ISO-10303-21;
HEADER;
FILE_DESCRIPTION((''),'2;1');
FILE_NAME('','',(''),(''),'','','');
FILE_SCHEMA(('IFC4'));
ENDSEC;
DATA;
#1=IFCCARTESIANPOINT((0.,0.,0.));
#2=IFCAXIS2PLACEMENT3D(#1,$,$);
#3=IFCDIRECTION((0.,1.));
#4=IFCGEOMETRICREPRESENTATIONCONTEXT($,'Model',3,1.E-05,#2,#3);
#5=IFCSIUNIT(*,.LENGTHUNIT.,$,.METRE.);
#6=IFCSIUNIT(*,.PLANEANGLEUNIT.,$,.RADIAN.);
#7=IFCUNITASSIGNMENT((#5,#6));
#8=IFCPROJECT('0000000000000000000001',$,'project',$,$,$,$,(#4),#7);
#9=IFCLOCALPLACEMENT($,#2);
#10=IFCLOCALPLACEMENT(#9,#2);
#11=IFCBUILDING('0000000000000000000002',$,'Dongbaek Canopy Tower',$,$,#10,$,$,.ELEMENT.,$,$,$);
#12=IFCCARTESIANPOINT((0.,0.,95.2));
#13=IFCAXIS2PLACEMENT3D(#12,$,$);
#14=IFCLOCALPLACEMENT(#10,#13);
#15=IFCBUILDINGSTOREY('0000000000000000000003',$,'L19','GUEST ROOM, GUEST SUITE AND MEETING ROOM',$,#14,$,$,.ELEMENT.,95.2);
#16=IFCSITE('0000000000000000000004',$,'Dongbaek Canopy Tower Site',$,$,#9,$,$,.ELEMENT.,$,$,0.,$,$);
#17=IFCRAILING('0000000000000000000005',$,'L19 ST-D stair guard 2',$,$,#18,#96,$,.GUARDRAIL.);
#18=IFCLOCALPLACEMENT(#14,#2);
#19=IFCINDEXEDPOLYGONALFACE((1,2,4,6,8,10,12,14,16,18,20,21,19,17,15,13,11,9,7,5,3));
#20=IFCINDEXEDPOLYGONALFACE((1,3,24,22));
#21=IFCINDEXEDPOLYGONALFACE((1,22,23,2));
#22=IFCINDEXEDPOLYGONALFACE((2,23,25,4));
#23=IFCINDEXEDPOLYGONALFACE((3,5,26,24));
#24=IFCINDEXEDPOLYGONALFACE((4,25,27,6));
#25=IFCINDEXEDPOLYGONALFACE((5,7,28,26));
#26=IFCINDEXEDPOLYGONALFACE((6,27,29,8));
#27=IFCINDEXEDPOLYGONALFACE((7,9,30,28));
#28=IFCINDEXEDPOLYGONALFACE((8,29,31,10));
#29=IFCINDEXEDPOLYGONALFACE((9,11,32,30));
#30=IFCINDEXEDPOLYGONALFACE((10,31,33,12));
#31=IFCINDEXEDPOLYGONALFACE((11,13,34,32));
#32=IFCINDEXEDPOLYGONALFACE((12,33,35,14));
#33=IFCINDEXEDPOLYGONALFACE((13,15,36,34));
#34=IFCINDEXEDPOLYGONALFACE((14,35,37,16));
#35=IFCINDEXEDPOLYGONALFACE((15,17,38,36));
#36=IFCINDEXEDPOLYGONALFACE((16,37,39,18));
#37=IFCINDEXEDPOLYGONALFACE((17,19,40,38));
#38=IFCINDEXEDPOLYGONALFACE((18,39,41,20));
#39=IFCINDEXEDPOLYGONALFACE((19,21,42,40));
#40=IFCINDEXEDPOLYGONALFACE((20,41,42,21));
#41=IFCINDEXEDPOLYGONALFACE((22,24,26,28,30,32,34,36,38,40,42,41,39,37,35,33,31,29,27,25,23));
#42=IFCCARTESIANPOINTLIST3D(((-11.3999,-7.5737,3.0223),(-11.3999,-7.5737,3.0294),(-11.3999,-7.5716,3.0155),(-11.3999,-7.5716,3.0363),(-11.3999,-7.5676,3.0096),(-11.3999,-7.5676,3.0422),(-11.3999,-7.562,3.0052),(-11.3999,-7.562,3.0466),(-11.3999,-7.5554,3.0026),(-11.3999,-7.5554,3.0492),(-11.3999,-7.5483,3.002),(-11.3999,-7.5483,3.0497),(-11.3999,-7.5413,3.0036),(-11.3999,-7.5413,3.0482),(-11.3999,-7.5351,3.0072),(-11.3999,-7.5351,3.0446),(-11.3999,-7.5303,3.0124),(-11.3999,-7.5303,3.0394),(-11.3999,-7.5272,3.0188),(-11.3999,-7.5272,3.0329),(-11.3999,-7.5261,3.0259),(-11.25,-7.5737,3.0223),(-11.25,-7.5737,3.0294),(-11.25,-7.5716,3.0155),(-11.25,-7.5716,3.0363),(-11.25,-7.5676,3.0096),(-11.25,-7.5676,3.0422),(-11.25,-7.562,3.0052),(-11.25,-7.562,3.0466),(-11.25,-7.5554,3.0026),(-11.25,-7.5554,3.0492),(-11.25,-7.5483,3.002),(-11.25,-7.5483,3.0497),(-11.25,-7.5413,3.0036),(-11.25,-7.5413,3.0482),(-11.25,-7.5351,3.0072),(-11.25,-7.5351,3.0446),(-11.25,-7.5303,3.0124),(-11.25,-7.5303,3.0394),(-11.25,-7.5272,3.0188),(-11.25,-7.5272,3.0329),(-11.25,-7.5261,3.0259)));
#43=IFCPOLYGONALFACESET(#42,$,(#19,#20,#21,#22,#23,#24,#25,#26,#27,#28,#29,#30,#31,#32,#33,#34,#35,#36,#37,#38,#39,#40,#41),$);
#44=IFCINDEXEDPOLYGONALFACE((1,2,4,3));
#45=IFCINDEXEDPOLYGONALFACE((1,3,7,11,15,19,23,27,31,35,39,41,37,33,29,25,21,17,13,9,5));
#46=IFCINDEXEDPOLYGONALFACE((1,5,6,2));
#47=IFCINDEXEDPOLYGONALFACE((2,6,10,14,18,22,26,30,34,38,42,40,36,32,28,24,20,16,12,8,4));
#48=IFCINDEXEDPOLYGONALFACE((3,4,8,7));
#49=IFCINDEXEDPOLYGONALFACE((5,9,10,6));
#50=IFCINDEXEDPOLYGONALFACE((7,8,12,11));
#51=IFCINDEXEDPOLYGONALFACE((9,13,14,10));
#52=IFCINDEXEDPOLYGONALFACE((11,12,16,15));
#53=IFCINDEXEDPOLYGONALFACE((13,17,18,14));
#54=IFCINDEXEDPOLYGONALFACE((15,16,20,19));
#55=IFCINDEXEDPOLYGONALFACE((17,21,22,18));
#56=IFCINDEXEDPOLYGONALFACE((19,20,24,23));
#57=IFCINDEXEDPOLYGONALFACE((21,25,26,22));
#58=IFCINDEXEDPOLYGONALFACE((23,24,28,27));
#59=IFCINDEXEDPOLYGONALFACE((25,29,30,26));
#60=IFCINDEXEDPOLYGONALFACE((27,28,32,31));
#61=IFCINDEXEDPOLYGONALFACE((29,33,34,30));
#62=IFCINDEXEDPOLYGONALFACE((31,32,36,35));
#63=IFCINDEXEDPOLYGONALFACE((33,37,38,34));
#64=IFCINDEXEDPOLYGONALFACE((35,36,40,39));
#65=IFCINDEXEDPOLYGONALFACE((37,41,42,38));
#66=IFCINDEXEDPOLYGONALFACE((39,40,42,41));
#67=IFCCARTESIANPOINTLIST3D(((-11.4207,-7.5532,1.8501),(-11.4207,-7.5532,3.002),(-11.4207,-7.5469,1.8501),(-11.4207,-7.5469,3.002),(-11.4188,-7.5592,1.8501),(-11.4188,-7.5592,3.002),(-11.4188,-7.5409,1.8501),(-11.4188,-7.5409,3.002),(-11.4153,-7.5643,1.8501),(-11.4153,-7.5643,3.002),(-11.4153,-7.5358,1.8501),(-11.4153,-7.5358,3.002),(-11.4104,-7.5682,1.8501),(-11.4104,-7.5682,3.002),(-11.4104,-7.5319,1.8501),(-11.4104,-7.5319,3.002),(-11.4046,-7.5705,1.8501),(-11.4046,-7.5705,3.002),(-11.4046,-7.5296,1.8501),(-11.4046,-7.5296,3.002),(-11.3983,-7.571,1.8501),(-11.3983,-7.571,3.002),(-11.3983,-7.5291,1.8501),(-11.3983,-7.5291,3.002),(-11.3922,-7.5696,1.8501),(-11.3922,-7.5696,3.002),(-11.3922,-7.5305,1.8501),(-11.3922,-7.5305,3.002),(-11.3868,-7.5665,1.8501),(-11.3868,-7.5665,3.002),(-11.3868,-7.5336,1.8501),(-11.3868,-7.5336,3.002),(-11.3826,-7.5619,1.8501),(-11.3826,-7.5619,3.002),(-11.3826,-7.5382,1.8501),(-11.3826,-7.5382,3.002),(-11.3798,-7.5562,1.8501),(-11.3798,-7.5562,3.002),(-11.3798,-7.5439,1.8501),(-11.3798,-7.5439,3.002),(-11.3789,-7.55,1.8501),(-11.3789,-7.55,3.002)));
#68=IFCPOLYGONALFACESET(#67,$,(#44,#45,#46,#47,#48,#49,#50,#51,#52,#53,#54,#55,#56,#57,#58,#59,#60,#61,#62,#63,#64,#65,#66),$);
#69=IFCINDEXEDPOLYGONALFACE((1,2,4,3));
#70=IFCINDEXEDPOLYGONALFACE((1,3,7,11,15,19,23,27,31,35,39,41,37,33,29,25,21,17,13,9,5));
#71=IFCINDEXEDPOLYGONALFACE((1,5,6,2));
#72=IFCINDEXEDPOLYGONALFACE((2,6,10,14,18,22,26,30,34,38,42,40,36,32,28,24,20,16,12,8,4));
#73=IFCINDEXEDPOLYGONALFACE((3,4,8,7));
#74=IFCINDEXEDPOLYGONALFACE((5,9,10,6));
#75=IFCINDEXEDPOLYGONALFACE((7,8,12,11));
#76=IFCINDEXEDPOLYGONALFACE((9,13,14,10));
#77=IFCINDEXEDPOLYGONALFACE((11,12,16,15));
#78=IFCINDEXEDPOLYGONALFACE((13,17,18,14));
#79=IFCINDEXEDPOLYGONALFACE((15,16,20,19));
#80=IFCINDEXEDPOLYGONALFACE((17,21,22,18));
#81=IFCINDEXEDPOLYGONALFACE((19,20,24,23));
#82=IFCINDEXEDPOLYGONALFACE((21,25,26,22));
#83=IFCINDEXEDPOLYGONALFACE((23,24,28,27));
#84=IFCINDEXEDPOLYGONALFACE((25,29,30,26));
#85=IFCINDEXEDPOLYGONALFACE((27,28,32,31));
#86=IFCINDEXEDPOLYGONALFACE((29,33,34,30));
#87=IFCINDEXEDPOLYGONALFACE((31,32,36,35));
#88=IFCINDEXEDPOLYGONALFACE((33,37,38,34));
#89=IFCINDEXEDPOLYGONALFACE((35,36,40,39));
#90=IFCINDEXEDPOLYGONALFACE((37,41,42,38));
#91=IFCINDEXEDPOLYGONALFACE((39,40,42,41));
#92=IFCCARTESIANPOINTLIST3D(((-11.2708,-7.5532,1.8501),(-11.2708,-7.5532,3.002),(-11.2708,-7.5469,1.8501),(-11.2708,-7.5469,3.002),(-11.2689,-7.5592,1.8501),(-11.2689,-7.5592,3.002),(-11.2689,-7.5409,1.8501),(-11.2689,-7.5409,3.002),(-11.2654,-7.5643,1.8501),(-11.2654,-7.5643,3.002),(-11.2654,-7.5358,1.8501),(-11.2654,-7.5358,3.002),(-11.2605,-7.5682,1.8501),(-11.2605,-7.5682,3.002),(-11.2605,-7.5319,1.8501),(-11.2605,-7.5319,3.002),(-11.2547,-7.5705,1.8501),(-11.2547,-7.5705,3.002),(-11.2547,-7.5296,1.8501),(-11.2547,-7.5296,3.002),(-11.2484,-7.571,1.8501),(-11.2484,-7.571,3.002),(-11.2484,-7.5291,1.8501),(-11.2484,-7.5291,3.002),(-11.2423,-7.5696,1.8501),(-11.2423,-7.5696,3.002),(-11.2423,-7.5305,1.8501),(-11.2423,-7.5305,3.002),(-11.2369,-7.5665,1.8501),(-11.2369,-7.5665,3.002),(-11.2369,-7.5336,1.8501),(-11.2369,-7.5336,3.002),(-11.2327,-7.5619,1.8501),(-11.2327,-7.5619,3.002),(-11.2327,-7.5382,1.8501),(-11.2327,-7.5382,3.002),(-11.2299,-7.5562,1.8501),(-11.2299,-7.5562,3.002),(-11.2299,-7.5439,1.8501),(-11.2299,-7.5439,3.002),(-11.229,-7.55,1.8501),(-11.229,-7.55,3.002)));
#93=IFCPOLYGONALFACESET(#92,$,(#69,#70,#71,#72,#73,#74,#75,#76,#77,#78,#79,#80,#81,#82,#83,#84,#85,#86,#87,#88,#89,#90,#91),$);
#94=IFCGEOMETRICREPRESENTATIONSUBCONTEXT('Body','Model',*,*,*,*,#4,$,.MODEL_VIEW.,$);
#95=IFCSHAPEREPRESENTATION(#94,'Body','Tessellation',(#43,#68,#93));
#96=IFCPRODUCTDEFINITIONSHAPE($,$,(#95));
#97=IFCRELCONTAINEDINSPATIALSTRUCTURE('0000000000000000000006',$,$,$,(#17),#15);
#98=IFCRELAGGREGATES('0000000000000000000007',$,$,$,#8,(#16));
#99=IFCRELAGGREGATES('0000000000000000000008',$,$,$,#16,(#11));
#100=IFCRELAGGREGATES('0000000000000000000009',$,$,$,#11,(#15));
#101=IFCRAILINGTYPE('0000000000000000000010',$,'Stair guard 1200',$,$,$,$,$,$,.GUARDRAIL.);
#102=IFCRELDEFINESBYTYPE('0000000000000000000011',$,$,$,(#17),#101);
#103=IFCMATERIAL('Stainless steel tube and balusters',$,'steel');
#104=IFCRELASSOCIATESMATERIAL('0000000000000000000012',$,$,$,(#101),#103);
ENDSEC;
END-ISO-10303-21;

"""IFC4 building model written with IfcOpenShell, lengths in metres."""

from ifc_helpers import new_model, si_unit, direction, frame, origin, origin_2d, place, context, subcontext, project, spatial, circle, extrude, material, type_object, element, save


model = new_model("IFC4")

# Units and contexts
model_context = context("Model", 3, precision=1e-05, world=origin(), true_north=direction((0.0, 1.0)))
body_context = subcontext(model_context, "Body", "Model", "MODEL_VIEW")
ifc_project = project(units=[si_unit("LENGTHUNIT", "METRE"), si_unit("PLANEANGLEUNIT", "RADIAN")], contexts=[model_context])

# Site, building, storey
site_placement = place(None, origin())
site = spatial("IfcSite", under=ifc_project, at=site_placement, Name="Dongbaek Canopy Tower Site", CompositionType="ELEMENT", RefElevation=0.0)
building_placement = place(site_placement, origin())
building = spatial("IfcBuilding", under=site, at=building_placement, Name="Dongbaek Canopy Tower", CompositionType="ELEMENT")
storey_placement = place(building_placement, frame((0.0, 0.0, 95.2)))
storey = spatial("IfcBuildingStorey", under=building, at=storey_placement, Name="L19", Description="GUEST ROOM, GUEST SUITE AND MEETING ROOM", CompositionType="ELEMENT", Elevation=95.2)

# Railing
ifc_material_1 = material(Name="Stainless steel tube and balusters", Category="steel")
railing_type_1 = type_object("IfcRailingType", Name="Stair guard 1200", PredefinedType="GUARDRAIL", material=ifc_material_1)
railing_1_placement = place(storey_placement, frame((-11.3999, -7.55, 1.8501)))
element("IfcRailing", 1, at=railing_1_placement, inside=storey, type_object=railing_type_1, Name="L19 ST-D stair guard 2", PredefinedType="GUARDRAIL", context=body_context, shape_type="SweptSolid", body=[
    extrude(circle(Radius=0.0239, at=origin_2d()), frame((0.0, 0.0, 1.1758), z_axis=(1.0, 0.0, 0.0), x_axis=(0.0, 1.0, 0.0)), (0.0, 0.0, 1.0), 0.1499),
    extrude(circle(Radius=0.021, at=origin_2d()), origin(), (0.0, 0.0, 1.0), 1.1519),
    extrude(circle(Radius=0.021, at=origin_2d()), frame((0.1499, 0.0, 0.0)), (0.0, 0.0, 1.0), 1.1519),
])

save(model, "model.ifc")
